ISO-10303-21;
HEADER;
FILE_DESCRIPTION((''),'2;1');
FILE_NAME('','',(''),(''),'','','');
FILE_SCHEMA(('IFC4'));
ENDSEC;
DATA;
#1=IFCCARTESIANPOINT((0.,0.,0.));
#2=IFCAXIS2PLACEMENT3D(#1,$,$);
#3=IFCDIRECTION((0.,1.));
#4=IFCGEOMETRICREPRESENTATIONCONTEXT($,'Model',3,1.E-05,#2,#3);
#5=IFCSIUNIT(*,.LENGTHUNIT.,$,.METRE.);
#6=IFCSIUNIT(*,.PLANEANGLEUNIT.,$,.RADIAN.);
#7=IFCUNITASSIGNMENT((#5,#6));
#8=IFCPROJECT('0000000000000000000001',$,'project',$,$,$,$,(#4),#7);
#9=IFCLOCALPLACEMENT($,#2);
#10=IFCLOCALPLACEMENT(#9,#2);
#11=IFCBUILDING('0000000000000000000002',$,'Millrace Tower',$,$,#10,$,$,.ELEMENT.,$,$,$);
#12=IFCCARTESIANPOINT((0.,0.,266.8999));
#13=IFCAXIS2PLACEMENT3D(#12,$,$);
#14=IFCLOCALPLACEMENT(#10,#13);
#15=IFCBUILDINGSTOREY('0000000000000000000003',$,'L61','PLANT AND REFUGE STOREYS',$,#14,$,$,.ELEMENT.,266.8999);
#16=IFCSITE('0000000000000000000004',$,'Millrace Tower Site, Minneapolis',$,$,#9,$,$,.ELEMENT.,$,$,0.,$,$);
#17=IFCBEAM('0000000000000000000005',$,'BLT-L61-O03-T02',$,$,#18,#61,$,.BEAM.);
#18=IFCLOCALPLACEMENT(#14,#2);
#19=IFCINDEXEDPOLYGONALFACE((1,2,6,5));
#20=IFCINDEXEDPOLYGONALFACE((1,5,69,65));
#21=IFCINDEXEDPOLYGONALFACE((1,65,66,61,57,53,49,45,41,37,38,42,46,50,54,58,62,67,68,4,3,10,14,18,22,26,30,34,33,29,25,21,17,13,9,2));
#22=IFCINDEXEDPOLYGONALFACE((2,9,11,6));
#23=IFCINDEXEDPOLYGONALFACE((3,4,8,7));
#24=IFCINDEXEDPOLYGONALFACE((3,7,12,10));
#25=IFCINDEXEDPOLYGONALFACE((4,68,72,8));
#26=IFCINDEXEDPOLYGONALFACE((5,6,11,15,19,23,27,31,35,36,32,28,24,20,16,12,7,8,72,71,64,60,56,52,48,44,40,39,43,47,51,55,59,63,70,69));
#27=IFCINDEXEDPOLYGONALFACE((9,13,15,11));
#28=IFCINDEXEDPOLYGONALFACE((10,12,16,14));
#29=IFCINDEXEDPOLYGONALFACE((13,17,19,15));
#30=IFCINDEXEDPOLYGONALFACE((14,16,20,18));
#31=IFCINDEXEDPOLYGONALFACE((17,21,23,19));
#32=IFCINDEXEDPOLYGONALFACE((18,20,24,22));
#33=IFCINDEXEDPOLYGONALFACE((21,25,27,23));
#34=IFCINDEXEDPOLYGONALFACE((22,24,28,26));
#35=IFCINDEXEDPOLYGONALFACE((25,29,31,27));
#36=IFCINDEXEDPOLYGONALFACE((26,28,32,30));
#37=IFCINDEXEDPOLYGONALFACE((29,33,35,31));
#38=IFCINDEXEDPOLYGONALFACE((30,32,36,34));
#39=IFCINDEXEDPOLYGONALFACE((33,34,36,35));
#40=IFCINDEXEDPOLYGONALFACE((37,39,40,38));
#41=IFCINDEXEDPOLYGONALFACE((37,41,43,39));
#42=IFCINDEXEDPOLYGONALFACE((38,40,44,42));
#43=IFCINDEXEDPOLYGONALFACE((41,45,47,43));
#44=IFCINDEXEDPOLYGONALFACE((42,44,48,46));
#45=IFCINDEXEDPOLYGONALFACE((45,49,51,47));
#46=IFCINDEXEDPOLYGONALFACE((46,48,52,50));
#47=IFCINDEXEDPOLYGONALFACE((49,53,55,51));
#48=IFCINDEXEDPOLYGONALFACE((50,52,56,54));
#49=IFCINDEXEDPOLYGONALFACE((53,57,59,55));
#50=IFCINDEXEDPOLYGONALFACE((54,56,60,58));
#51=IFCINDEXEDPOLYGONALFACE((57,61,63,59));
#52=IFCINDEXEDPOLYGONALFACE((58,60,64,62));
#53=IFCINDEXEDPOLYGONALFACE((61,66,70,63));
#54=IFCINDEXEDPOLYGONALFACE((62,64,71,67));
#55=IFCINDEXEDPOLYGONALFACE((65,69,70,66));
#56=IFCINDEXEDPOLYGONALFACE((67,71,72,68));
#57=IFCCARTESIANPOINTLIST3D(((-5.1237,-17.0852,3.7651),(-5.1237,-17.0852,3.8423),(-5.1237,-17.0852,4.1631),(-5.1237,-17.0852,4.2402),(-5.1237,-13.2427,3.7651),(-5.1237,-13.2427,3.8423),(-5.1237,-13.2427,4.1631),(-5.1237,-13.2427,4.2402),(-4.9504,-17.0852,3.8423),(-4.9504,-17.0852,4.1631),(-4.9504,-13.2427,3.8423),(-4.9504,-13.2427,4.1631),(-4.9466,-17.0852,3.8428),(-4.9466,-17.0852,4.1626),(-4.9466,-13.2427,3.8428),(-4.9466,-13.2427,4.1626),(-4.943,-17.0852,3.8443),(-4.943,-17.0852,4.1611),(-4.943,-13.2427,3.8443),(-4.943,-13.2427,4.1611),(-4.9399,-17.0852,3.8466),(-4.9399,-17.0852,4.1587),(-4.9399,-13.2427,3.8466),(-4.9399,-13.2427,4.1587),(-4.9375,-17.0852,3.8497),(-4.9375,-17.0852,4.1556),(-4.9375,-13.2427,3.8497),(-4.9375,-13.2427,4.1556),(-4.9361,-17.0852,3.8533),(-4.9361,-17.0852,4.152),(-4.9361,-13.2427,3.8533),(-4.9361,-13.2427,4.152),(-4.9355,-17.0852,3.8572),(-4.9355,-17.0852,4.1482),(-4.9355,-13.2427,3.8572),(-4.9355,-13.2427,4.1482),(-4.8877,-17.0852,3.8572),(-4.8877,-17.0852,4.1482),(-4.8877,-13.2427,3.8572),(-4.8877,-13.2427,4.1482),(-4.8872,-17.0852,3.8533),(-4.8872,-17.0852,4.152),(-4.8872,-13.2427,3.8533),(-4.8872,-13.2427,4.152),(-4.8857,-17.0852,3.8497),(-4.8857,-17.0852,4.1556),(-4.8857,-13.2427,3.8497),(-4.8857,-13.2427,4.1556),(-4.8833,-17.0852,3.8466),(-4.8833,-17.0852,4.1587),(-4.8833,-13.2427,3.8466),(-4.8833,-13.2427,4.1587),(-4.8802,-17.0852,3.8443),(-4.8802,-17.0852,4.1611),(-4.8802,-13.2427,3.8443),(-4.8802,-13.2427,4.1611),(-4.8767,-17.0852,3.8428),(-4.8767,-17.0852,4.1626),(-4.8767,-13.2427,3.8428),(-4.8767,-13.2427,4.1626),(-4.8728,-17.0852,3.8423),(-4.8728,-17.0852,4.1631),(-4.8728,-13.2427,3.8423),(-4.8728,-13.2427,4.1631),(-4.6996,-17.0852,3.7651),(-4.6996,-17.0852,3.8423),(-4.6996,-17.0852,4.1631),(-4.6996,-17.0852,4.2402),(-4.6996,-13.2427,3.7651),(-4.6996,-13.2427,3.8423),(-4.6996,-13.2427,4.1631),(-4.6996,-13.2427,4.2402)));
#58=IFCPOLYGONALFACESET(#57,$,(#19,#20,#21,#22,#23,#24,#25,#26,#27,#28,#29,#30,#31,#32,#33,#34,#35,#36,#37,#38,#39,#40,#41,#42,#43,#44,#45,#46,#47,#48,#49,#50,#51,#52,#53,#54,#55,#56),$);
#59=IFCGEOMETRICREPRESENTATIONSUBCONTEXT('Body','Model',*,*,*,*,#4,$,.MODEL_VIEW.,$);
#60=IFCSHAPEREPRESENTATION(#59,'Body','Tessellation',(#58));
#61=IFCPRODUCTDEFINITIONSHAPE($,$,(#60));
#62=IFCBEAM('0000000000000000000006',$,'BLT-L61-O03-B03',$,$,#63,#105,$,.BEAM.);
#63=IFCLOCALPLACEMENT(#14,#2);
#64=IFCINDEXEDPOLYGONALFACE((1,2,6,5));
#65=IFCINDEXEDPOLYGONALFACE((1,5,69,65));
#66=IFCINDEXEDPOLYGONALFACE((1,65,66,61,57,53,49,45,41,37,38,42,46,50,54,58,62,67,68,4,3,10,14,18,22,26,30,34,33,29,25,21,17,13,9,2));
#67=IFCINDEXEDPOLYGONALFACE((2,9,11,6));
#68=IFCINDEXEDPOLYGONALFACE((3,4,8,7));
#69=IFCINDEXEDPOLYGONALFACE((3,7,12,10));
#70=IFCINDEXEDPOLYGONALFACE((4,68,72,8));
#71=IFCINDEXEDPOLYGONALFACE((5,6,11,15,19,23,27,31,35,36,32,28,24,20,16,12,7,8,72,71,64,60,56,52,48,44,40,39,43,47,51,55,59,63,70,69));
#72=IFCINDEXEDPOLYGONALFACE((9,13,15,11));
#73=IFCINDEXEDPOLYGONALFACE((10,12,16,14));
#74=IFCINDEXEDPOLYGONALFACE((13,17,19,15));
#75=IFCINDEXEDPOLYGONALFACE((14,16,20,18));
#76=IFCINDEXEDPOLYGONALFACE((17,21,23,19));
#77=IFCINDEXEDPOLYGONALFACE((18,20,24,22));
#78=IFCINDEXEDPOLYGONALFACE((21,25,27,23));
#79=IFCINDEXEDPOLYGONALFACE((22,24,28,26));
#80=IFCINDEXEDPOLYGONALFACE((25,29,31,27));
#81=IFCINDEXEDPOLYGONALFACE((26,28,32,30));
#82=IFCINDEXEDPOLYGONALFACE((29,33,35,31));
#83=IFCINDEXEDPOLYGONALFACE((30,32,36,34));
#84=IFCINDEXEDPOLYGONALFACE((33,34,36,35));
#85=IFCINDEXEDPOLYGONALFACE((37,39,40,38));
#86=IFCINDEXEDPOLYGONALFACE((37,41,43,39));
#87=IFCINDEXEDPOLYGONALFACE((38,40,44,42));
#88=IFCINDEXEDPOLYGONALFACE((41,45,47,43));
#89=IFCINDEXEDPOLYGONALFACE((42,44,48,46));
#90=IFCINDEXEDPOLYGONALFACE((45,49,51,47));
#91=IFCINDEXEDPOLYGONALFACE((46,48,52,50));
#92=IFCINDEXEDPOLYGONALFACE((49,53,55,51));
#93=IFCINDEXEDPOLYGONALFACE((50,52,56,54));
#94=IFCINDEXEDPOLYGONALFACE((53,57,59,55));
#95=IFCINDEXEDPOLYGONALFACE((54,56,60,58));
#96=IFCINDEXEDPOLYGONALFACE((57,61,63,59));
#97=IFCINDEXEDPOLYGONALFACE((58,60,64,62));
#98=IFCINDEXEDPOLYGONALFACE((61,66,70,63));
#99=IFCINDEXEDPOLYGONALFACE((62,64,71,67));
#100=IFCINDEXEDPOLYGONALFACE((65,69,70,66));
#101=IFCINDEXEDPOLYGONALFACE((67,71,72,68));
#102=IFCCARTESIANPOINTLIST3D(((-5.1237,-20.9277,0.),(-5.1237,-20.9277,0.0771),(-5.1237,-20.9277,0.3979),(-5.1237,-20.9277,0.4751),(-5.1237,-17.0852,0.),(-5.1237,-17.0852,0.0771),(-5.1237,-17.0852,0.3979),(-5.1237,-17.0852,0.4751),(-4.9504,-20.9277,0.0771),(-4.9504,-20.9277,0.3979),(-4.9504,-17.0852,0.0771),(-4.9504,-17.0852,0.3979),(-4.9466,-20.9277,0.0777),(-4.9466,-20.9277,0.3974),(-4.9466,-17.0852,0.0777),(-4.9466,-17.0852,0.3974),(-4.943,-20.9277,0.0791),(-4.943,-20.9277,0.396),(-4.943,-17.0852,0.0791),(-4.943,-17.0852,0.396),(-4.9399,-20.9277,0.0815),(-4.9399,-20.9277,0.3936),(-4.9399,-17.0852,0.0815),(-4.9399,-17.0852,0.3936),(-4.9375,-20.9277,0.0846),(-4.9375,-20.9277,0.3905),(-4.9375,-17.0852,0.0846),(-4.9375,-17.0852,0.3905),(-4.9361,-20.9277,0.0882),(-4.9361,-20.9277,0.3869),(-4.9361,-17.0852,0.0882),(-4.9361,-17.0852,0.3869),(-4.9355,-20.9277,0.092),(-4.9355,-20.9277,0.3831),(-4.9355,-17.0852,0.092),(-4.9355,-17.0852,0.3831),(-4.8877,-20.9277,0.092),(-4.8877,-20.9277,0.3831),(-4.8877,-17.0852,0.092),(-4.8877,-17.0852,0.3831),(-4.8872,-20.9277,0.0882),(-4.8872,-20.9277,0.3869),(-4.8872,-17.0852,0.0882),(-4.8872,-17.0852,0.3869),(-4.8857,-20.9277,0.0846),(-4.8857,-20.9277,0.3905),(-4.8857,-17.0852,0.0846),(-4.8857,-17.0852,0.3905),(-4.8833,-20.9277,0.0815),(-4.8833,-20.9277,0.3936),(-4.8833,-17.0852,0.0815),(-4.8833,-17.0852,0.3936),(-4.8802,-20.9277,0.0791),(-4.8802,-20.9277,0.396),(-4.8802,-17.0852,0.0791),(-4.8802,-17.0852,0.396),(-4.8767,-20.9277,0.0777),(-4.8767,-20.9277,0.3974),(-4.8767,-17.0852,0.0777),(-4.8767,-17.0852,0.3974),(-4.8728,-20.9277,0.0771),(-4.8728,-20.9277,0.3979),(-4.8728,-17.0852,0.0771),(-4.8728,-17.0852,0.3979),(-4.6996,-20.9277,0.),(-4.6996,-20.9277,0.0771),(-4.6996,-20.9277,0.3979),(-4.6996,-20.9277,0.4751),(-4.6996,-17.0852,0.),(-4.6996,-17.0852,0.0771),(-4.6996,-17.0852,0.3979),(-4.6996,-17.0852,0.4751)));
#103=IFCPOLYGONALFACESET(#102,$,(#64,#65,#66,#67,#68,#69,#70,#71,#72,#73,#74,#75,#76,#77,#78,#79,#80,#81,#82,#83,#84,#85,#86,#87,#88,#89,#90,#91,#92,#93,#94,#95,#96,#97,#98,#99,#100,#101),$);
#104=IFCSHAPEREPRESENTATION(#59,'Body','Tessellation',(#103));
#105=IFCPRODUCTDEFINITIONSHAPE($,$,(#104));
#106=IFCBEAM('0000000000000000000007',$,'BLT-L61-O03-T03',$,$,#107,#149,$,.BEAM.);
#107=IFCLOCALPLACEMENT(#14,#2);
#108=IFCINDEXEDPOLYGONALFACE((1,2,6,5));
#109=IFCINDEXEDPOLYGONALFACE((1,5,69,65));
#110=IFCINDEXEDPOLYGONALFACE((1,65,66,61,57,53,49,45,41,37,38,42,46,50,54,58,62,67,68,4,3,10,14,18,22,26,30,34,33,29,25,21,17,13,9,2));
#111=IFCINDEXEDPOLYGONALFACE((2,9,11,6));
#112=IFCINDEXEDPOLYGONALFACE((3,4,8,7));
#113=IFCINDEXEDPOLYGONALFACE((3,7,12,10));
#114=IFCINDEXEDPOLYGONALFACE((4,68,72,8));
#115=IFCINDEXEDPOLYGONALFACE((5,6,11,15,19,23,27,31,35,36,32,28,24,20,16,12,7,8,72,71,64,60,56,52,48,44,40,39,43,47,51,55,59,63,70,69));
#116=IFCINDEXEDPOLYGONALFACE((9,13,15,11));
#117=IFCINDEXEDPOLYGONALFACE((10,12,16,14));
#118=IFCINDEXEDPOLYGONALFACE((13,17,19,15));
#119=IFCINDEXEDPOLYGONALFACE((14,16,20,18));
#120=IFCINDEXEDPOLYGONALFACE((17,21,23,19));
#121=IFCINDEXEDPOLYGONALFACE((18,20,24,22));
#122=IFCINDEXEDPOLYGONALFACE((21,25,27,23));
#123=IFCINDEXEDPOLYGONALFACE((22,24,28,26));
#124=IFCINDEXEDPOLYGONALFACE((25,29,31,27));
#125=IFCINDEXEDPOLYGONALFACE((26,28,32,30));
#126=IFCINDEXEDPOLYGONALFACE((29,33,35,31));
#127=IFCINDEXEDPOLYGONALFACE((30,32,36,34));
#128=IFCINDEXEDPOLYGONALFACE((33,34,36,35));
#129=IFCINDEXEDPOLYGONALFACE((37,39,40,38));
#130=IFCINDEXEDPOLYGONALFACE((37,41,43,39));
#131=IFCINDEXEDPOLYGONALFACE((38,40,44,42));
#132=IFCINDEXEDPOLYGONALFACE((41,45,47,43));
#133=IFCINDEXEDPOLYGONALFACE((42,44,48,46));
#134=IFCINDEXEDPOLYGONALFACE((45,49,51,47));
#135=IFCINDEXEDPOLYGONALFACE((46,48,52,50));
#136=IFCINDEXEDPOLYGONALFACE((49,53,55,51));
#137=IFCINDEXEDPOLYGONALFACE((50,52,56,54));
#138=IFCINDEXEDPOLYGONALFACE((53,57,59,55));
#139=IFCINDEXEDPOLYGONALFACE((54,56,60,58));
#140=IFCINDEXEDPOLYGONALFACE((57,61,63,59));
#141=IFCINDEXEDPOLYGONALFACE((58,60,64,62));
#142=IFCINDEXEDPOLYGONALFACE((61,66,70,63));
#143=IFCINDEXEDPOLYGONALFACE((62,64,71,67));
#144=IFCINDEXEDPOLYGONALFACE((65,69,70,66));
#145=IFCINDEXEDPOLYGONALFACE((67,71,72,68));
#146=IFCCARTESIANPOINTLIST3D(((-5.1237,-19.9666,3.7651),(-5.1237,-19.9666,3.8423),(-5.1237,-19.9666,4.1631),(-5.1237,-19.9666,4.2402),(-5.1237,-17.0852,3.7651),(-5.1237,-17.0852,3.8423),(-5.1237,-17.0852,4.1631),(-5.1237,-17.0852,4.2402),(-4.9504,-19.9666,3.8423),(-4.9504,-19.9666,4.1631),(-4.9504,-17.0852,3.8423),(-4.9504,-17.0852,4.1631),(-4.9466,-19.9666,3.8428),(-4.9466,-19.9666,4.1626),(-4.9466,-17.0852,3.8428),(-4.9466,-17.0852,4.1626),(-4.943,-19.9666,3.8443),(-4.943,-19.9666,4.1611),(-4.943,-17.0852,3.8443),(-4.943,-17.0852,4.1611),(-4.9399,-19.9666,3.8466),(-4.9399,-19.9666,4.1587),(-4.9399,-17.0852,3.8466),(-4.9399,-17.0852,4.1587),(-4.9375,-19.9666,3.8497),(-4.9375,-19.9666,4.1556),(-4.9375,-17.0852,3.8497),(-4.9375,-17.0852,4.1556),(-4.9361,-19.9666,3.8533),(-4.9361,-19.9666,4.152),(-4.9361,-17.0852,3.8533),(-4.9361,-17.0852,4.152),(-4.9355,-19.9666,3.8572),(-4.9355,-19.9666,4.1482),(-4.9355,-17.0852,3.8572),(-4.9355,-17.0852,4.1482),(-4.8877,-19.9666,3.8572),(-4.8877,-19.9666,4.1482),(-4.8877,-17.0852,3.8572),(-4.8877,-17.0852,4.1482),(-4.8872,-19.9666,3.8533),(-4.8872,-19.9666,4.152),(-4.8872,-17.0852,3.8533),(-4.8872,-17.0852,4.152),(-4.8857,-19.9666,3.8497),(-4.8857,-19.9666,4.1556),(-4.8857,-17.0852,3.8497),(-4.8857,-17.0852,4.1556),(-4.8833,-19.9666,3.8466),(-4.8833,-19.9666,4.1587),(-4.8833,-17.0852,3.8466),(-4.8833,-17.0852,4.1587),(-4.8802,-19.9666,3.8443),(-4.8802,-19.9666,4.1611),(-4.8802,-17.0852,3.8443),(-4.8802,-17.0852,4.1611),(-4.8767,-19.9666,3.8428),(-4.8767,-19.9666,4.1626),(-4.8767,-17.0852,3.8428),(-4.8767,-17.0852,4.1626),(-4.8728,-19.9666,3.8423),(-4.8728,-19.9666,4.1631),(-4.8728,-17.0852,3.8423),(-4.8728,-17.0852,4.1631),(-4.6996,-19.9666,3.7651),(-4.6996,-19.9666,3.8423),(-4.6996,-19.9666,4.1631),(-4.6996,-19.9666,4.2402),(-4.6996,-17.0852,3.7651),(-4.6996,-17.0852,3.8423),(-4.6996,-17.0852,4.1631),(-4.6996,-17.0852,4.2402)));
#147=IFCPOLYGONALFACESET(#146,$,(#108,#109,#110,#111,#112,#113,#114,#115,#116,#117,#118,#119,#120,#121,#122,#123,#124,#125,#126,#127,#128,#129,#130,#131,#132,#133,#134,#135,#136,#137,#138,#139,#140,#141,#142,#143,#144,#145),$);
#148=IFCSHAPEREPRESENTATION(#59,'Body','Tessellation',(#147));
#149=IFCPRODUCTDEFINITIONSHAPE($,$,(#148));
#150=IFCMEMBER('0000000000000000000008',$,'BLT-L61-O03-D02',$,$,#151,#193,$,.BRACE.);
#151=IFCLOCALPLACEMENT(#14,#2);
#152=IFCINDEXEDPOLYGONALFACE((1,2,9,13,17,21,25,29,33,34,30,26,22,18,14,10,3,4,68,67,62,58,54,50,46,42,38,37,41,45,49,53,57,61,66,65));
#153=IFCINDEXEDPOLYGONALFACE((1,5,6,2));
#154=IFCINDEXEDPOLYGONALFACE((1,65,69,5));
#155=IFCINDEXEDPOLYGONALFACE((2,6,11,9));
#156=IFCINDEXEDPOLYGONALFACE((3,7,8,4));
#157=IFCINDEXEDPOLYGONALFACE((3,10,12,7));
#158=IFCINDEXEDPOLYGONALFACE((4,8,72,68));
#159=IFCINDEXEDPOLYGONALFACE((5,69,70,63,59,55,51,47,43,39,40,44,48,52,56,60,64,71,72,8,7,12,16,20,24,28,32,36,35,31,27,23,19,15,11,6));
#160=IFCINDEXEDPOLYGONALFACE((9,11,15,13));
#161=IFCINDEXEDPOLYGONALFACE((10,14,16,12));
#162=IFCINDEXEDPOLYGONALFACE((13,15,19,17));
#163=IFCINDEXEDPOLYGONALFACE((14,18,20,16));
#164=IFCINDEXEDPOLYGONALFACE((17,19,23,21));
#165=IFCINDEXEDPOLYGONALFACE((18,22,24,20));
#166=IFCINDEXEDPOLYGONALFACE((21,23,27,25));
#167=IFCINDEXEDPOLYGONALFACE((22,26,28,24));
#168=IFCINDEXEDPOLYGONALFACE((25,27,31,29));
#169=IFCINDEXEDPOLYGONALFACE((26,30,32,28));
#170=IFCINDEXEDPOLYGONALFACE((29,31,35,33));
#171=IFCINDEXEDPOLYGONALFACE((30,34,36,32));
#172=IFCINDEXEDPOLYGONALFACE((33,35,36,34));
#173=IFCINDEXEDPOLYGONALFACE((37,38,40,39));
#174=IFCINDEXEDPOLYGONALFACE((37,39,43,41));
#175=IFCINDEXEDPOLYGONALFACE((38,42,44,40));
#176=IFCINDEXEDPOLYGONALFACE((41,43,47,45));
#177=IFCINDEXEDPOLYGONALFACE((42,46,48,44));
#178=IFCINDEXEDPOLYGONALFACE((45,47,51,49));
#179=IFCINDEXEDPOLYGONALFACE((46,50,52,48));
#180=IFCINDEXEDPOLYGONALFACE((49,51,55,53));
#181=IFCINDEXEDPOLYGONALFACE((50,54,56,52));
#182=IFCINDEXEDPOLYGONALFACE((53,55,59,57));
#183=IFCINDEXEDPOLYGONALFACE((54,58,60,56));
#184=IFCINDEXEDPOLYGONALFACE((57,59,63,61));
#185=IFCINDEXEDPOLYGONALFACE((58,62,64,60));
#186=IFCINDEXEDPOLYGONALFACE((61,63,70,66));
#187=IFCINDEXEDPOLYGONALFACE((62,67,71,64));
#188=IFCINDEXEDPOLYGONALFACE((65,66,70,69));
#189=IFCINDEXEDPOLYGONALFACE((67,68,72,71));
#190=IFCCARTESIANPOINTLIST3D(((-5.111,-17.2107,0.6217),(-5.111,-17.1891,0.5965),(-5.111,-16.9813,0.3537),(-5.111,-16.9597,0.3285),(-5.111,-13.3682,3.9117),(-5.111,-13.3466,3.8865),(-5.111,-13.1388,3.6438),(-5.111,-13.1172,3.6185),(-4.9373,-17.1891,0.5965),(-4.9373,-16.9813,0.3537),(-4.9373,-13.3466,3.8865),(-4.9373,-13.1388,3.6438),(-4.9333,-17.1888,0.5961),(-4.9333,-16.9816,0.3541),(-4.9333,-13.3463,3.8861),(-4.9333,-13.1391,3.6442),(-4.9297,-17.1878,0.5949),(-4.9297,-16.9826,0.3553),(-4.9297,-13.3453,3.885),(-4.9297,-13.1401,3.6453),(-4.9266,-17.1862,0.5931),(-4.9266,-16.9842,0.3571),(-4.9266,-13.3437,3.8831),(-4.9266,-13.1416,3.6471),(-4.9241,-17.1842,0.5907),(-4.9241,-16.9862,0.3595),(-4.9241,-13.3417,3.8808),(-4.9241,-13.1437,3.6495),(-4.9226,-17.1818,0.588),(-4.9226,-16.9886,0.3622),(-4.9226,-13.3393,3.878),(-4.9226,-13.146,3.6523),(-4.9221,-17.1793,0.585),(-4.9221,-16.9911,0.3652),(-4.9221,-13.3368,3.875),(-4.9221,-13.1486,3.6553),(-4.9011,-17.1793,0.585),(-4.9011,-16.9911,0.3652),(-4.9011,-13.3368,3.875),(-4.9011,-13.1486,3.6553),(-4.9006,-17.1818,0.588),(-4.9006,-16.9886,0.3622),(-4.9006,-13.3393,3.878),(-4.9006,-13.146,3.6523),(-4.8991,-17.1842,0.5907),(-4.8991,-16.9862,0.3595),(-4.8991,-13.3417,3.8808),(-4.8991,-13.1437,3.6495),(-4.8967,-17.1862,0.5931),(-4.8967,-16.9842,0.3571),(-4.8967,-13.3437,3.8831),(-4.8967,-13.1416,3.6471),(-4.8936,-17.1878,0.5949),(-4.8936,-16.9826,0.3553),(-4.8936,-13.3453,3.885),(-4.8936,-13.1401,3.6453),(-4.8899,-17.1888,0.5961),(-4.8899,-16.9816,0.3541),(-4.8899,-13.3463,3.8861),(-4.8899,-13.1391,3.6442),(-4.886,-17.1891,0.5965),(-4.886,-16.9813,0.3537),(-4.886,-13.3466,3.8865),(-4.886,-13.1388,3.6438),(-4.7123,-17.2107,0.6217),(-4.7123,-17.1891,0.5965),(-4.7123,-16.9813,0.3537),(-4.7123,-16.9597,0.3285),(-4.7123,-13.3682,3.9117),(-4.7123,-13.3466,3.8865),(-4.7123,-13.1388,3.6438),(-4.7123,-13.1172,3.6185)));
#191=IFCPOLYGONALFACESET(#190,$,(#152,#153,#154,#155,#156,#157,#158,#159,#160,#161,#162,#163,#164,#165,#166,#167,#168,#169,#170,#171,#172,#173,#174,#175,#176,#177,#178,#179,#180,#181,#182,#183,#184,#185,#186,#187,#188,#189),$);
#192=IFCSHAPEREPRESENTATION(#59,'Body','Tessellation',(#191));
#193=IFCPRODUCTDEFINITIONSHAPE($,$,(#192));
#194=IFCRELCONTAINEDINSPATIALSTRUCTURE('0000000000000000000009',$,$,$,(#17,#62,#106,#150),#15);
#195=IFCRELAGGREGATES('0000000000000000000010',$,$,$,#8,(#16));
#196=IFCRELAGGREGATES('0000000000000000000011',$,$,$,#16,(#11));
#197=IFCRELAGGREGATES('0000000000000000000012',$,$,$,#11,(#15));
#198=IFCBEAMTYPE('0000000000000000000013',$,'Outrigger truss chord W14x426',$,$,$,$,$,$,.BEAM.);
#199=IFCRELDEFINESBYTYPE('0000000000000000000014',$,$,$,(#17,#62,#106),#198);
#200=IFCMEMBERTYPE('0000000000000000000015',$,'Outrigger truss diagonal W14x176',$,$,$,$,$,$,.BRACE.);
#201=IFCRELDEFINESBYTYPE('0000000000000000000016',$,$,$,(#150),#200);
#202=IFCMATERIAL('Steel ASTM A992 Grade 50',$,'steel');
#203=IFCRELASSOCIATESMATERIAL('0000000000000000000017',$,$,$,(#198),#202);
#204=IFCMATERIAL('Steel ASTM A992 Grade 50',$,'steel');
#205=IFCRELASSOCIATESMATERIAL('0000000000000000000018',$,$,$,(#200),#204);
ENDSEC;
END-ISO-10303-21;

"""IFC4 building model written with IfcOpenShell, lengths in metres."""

from ifc_helpers import new_model, si_unit, direction, frame, origin, origin_2d, place, context, subcontext, project, spatial, i_section, extrude, material, material_profile, profile_set, type_object, element, save


model = new_model("IFC4")

# Units and contexts
model_context = context("Model", 3, precision=1e-05, world=origin(), true_north=direction((0.0, 1.0)))
body_context = subcontext(model_context, "Body", "Model", "MODEL_VIEW")
ifc_project = project(units=[si_unit("LENGTHUNIT", "METRE"), si_unit("PLANEANGLEUNIT", "RADIAN")], contexts=[model_context])

# Site, building, storey
site_placement = place(None, origin())
site = spatial("IfcSite", under=ifc_project, at=site_placement, Name="Millrace Tower Site, Minneapolis", CompositionType="ELEMENT", RefElevation=0.0)
building_placement = place(site_placement, origin())
building = spatial("IfcBuilding", under=site, at=building_placement, Name="Millrace Tower", CompositionType="ELEMENT")
storey_placement = place(building_placement, frame((0.0, 0.0, 266.8999)))
storey = spatial("IfcBuildingStorey", under=building, at=storey_placement, Name="L61", Description="PLANT AND REFUGE STOREYS", CompositionType="ELEMENT", Elevation=266.8999)

# Beams
ifc_material_1 = material(Name="Steel ASTM A992 Grade 50", Category="steel")
ifc_material_profile_1 = material_profile(ifc_material_1, i_section(OverallWidth=0.4241, OverallDepth=0.4751, WebThickness=0.0479, FlangeThickness=0.0771, FilletRadius=0.0149, at=origin_2d()))
ifc_profile_set_1 = profile_set([ifc_material_profile_1], Name="Steel ASTM A992 Grade 50")
beam_type_1 = type_object("IfcBeamType", Name="Outrigger truss chord W14x426", PredefinedType="BEAM", material=ifc_profile_set_1)
for number, where, z_axis, x_axis, name in (
    (1, (-4.9116, -13.2427, 4.0027), (0.0, -1.0, 0.0), (1.0, 0.0, 0.0), "BLT-L61-O03-T02"),
    (2, (-4.9116, -17.0852, 0.2375), (0.0, -1.0, 0.0), (1.0, 0.0, 0.0), "BLT-L61-O03-B03"),
):
    element("IfcBeam", number, at=place(storey_placement, frame(where, z_axis=z_axis, x_axis=x_axis)), inside=storey, type_object=beam_type_1, Name=name, PredefinedType="BEAM", context=body_context, shape_type="SweptSolid", body=[
        extrude(i_section(OverallWidth=0.4241, OverallDepth=0.4751, WebThickness=0.0479, FlangeThickness=0.0771, FilletRadius=0.0149, at=origin_2d()), origin(), (0.0, 0.0, 1.0), 3.8425),
    ])
beam_1_placement = place(storey_placement, frame((-4.9116, -17.0852, 4.0027), z_axis=(0.0, -1.0, 0.0), x_axis=(1.0, 0.0, 0.0)))
element("IfcBeam", 3, at=beam_1_placement, inside=storey, type_object=beam_type_1, Name="BLT-L61-O03-T03", PredefinedType="BEAM", context=body_context, shape_type="SweptSolid", body=[
    extrude(i_section(OverallWidth=0.4241, OverallDepth=0.4751, WebThickness=0.0479, FlangeThickness=0.0771, FilletRadius=0.0149, at=origin_2d()), origin(), (0.0, 0.0, 1.0), 2.8813),
])

# Member
ifc_material_2 = material(Name="Steel ASTM A992 Grade 50", Category="steel")
ifc_material_profile_2 = material_profile(ifc_material_2, i_section(OverallWidth=0.3987, OverallDepth=0.386, WebThickness=0.021, FlangeThickness=0.0332, FilletRadius=0.0151, at=origin_2d()))
ifc_profile_set_2 = profile_set([ifc_material_profile_2], Name="Steel ASTM A992 Grade 50")
member_type_1 = type_object("IfcMemberType", Name="Outrigger truss diagonal W14x176", PredefinedType="BRACE", material=ifc_profile_set_2)
member_1_placement = place(storey_placement, frame((-4.9116, -17.0852, 0.4751), z_axis=(0.0, 0.759604, 0.650386), x_axis=(-1.0, 0.0, 0.0)))
element("IfcMember", 4, at=member_1_placement, inside=storey, type_object=member_type_1, Name="BLT-L61-O03-D02", PredefinedType="BRACE", context=body_context, shape_type="SweptSolid", body=[
    extrude(i_section(OverallWidth=0.3987, OverallDepth=0.386, WebThickness=0.021, FlangeThickness=0.0332, FilletRadius=0.0151, at=origin_2d()), origin(), (0.0, 0.0, 1.0), 5.0586),
])

save(model, "model.ifc")
